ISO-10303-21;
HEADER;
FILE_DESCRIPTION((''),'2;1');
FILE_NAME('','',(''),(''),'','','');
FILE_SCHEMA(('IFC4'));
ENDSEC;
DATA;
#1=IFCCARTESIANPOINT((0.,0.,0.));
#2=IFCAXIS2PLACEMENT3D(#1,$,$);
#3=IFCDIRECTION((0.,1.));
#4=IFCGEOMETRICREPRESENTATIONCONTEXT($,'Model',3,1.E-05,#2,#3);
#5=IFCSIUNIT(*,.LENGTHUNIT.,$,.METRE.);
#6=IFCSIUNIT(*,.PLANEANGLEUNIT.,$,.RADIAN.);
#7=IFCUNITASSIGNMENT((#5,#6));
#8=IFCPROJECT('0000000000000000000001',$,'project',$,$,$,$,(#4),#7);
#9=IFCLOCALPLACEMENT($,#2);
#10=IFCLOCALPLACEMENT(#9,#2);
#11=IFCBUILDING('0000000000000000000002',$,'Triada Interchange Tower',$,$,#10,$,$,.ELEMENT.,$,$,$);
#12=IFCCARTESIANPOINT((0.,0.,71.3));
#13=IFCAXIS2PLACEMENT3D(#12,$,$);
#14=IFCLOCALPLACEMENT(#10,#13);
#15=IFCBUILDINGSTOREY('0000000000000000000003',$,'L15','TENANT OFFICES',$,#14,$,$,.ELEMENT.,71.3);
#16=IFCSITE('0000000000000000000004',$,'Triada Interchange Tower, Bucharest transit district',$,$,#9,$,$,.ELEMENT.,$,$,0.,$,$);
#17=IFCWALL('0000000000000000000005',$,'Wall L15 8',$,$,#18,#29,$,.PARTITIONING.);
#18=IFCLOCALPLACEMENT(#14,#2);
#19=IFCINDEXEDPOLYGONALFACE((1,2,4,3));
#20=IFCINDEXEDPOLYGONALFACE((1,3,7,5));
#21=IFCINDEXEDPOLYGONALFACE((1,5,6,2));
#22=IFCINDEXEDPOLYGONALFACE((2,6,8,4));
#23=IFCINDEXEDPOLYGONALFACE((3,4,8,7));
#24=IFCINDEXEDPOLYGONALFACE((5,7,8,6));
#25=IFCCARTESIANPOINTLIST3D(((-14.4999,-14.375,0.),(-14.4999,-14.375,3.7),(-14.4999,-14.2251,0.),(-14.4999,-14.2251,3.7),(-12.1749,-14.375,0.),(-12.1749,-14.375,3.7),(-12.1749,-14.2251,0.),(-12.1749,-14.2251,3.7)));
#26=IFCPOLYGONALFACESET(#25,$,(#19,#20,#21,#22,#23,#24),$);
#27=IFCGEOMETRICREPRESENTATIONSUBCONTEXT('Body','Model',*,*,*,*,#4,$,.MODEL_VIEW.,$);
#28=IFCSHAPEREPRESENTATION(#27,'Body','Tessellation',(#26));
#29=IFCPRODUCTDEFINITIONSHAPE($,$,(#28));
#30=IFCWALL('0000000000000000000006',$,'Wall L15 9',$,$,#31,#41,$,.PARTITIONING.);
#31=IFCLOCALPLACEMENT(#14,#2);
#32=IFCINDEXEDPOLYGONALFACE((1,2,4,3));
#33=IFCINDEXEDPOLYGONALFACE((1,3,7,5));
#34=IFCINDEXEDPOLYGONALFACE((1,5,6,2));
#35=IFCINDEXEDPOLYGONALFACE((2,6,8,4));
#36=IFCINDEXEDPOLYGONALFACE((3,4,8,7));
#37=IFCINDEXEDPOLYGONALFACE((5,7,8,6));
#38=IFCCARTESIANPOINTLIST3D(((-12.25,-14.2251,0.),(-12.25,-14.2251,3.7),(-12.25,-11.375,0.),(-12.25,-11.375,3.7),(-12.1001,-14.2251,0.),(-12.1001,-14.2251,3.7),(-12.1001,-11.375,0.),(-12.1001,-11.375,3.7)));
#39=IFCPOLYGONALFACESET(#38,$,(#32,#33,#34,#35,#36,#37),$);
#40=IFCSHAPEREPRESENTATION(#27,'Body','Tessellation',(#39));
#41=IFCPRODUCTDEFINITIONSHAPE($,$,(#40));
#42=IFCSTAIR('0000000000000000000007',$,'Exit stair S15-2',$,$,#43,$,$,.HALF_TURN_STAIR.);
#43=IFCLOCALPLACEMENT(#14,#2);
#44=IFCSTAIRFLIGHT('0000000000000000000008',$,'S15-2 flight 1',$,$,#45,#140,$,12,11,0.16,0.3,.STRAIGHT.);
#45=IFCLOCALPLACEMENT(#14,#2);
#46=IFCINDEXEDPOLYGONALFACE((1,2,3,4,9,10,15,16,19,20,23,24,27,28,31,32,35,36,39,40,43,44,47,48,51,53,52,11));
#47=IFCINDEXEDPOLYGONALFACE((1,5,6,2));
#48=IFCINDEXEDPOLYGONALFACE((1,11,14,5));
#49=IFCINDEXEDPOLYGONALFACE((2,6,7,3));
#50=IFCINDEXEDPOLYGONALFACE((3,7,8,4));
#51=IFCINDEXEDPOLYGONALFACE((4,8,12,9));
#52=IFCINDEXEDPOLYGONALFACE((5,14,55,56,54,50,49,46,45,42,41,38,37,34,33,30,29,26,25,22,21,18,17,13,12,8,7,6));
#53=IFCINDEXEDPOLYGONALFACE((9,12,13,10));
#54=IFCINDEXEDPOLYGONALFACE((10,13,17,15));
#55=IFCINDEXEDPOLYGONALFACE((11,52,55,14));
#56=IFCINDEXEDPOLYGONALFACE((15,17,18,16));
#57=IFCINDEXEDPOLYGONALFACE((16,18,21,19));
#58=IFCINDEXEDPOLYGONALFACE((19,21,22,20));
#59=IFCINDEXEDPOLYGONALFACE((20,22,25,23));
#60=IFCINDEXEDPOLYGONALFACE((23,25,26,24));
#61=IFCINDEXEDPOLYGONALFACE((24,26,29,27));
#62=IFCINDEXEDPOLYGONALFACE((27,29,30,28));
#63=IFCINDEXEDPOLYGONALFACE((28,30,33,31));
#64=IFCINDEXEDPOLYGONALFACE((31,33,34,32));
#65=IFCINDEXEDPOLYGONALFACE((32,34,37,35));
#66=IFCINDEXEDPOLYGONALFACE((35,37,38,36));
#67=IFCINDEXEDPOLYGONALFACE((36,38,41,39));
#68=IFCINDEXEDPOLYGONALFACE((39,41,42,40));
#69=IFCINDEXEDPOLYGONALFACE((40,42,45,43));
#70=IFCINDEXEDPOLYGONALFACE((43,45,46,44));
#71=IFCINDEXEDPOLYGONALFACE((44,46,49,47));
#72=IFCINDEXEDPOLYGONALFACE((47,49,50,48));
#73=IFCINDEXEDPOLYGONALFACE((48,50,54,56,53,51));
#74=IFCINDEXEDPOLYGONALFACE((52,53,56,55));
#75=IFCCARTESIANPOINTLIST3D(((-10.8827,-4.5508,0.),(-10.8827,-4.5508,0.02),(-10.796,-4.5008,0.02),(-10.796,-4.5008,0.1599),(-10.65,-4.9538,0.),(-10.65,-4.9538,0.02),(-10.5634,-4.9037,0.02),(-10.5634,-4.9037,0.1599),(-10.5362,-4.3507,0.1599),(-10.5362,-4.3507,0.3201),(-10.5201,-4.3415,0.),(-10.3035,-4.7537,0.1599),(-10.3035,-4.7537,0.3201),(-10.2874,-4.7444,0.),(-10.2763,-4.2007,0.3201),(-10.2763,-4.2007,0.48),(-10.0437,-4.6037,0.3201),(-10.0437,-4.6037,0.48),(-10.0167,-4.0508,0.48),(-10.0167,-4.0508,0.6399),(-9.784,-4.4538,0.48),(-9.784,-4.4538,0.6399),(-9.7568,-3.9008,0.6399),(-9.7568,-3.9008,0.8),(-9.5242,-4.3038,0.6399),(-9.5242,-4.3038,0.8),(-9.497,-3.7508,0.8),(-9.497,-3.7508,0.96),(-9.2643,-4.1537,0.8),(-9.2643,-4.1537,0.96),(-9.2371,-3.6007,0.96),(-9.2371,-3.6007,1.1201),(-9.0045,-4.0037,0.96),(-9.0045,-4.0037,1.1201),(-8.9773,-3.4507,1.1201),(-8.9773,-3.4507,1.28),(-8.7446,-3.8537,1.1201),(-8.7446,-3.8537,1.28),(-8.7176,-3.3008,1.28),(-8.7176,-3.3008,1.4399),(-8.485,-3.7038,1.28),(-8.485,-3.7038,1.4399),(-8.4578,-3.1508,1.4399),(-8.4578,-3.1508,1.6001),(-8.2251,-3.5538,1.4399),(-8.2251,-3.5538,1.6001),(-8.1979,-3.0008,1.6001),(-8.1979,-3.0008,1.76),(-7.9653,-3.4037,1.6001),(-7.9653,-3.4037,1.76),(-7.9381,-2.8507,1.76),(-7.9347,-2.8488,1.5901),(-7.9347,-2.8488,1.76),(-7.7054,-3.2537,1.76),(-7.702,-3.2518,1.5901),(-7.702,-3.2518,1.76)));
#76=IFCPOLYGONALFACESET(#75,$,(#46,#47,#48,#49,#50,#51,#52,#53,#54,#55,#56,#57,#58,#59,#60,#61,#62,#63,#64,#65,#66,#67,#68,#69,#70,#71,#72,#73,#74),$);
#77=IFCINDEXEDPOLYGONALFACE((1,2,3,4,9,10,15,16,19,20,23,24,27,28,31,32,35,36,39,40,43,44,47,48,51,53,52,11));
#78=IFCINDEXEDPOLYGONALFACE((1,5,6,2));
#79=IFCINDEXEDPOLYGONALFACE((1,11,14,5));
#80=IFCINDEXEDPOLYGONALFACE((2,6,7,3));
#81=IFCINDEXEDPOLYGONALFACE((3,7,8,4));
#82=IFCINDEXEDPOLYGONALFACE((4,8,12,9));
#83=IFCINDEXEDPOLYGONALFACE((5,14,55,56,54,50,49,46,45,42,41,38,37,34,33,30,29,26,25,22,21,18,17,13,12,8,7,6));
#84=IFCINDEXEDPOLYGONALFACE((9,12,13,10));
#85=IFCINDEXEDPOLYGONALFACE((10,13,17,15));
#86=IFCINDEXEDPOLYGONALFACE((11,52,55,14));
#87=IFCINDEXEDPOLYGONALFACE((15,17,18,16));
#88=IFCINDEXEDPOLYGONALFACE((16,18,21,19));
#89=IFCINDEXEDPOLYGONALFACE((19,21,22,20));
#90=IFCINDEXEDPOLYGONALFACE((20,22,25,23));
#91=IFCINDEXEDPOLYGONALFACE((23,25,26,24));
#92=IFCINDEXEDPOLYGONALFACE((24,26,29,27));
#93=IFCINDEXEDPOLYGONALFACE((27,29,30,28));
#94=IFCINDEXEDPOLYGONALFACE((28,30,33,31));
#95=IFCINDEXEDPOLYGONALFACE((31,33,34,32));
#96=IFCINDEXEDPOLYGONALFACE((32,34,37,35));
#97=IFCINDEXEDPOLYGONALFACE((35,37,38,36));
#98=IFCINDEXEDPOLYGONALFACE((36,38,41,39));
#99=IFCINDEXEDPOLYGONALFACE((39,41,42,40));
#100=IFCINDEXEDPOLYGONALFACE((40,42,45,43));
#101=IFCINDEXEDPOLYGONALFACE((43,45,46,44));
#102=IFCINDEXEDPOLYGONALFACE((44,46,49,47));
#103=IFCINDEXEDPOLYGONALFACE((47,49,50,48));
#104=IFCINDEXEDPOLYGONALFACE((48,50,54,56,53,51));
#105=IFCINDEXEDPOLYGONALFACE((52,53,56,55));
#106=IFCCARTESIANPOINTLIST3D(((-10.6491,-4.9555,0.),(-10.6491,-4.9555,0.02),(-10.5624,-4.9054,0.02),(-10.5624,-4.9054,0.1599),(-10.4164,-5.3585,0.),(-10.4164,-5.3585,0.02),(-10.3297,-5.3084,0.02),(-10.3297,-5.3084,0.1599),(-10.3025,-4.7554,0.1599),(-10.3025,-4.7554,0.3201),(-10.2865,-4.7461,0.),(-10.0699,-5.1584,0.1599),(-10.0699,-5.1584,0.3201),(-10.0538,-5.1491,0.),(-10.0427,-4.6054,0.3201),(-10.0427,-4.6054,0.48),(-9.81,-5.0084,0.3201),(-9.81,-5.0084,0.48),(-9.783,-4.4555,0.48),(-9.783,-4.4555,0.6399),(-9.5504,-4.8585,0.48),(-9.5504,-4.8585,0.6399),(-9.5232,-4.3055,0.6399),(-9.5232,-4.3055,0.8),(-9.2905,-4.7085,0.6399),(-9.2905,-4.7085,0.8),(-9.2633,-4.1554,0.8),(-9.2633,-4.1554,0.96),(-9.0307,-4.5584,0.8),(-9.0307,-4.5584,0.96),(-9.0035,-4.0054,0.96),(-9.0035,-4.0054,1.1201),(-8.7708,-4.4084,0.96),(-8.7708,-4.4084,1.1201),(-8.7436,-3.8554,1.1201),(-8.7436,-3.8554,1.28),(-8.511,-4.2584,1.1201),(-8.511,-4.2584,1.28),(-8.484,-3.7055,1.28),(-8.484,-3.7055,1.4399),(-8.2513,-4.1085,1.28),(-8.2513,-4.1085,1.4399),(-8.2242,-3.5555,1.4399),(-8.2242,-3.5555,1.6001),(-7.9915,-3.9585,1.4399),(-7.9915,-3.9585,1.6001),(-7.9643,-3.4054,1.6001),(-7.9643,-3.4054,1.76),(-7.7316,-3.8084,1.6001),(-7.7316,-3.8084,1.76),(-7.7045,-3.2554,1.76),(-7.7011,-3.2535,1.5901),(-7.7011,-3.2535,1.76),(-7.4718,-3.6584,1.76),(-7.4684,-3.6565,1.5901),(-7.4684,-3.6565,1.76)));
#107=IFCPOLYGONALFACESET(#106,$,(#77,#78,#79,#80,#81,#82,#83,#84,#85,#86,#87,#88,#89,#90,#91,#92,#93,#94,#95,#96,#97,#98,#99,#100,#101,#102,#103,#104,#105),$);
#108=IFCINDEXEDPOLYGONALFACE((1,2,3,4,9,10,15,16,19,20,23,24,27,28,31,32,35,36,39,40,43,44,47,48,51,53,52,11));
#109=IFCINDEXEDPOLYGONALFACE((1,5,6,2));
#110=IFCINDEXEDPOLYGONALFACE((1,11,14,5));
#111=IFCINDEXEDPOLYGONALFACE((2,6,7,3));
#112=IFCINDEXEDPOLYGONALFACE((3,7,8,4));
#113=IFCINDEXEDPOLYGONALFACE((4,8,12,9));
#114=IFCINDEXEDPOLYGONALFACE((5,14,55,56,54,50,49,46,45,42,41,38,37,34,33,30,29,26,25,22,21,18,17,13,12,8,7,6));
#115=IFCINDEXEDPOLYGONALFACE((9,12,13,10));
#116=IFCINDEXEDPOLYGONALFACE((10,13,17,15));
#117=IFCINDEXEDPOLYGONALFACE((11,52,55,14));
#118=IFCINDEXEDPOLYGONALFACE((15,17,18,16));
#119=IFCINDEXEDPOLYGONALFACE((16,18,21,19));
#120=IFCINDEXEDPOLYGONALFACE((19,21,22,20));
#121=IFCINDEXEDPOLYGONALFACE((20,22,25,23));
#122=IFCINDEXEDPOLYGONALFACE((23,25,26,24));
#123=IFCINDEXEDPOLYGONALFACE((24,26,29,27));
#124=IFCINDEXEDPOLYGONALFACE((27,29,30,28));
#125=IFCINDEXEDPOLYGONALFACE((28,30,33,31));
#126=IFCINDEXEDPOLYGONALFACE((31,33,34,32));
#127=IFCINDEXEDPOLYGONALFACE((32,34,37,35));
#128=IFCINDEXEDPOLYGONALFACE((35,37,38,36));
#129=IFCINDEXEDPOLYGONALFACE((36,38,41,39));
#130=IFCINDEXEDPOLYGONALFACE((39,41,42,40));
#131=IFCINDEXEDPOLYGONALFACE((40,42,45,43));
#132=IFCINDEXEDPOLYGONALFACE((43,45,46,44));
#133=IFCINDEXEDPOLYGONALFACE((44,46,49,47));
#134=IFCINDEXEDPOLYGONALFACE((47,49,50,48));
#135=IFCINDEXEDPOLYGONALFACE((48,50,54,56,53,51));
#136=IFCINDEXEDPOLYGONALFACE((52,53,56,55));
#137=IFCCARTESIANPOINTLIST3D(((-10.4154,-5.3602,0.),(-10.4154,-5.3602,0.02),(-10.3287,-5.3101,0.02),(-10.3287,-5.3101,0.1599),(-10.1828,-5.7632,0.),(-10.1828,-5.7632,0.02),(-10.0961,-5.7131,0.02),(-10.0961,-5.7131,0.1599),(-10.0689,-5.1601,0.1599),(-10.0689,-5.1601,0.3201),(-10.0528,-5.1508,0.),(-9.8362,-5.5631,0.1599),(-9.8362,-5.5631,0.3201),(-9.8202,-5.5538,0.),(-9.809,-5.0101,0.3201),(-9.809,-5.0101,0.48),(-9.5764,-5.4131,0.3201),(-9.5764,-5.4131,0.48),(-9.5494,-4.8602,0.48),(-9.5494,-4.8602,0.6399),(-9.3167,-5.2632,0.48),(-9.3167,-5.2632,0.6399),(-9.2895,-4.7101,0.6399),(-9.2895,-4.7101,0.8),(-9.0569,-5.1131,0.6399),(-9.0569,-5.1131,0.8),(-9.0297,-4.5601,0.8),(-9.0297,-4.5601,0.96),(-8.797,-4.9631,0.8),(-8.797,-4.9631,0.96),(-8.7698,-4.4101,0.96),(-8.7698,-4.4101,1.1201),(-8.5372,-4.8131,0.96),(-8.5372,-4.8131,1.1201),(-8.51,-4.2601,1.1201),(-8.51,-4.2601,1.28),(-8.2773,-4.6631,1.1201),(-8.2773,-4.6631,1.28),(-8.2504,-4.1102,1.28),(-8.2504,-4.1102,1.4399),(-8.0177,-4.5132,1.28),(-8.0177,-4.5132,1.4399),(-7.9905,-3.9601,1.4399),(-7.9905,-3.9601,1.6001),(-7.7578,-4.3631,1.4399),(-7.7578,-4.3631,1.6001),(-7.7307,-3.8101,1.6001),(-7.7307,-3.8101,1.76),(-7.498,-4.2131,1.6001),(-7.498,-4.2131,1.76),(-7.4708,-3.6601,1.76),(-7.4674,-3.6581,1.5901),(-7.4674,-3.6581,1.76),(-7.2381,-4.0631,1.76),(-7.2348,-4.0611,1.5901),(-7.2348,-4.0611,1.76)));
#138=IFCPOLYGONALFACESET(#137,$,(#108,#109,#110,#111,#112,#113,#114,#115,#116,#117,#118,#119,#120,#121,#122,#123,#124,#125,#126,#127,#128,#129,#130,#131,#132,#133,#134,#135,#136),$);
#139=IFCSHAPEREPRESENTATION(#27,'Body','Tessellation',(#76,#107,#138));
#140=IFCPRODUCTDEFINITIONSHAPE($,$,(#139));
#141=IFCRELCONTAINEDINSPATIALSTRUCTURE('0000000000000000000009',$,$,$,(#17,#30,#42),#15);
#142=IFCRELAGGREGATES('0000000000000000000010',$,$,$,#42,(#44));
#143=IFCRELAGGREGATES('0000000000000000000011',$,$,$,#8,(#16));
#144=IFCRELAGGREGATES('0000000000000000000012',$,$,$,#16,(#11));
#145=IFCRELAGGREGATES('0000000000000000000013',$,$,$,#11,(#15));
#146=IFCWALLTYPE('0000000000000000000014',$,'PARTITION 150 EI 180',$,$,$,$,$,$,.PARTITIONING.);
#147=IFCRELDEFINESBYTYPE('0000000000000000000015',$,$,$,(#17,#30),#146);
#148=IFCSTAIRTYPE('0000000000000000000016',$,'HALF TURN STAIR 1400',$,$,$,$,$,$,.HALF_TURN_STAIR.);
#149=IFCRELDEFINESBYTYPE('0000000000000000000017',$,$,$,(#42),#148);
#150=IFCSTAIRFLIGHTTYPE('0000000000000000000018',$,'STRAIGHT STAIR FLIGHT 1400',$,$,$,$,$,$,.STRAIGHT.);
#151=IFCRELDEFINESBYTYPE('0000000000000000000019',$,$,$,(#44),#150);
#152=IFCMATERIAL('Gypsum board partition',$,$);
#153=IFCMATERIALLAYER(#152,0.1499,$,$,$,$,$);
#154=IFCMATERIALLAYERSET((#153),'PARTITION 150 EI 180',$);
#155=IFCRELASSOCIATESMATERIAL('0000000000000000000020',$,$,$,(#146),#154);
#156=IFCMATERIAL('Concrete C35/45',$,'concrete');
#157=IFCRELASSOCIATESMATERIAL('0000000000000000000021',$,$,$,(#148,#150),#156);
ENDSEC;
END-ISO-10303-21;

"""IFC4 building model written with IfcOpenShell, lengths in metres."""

from ifc_helpers import new_model, si_unit, direction, frame, frame_2d, origin, place, context, subcontext, project, spatial, polyline, rectangle, outline, extrude, material, layer, layer_set, type_object, element, aggregate, save


model = new_model("IFC4")

# Units and contexts
model_context = context("Model", 3, precision=1e-05, world=origin(), true_north=direction((0.0, 1.0)))
body_context = subcontext(model_context, "Body", "Model", "MODEL_VIEW")
ifc_project = project(units=[si_unit("LENGTHUNIT", "METRE"), si_unit("PLANEANGLEUNIT", "RADIAN")], contexts=[model_context])

# Site, building, storey
site_placement = place(None, origin())
site = spatial("IfcSite", under=ifc_project, at=site_placement, Name="Triada Interchange Tower, Bucharest transit district", CompositionType="ELEMENT", RefElevation=0.0)
building_placement = place(site_placement, origin())
building = spatial("IfcBuilding", under=site, at=building_placement, Name="Triada Interchange Tower", CompositionType="ELEMENT")
storey_placement = place(building_placement, frame((0.0, 0.0, 71.3)))
storey = spatial("IfcBuildingStorey", under=building, at=storey_placement, Name="L15", Description="TENANT OFFICES", CompositionType="ELEMENT", Elevation=71.3)

# Walls
ifc_material_1 = material(Name="Gypsum board partition")
ifc_layer_1 = layer(ifc_material_1, 0.1499)
ifc_layer_set_1 = layer_set([ifc_layer_1], Name="PARTITION 150 EI 180")
wall_type_1 = type_object("IfcWallType", Name="PARTITION 150 EI 180", PredefinedType="PARTITIONING", material=ifc_layer_set_1)
wall_1_placement = place(storey_placement, frame((-14.5, -14.3, 0.0), z_axis=(0.0, 0.0, 1.0), x_axis=(1.0, 0.0, 0.0)))
element("IfcWall", 1, at=wall_1_placement, inside=storey, type_object=wall_type_1, Name="Wall L15 8", PredefinedType="PARTITIONING", context=body_context, shape_type="SweptSolid", body=[
    extrude(rectangle(XDim=2.325, YDim=0.1499, at=frame_2d((1.1626, 0.0))), origin(), (0.0, 0.0, 1.0), 3.7),
])
wall_2_placement = place(storey_placement, frame((-12.175, -14.2251, 0.0), z_axis=(0.0, 0.0, 1.0), x_axis=(0.0, 1.0, 0.0)))
element("IfcWall", 2, at=wall_2_placement, inside=storey, type_object=wall_type_1, Name="Wall L15 9", PredefinedType="PARTITIONING", context=body_context, shape_type="SweptSolid", body=[
    extrude(rectangle(XDim=2.8501, YDim=0.1499, at=frame_2d((1.425, 0.0))), origin(), (0.0, 0.0, 1.0), 3.7),
])

# Stair, stair flight
ifc_material_2 = material(Name="Concrete C35/45", Category="concrete")
stair_type = type_object("IfcStairType", Name="HALF TURN STAIR 1400", PredefinedType="HALF_TURN_STAIR", material=ifc_material_2)
stair_placement = place(storey_placement, origin())
stair = element("IfcStair", 3, at=stair_placement, inside=storey, type_object=stair_type, Name="Exit stair S15-2", PredefinedType="HALF_TURN_STAIR")
stair_flight_type = type_object("IfcStairFlightType", Name="STRAIGHT STAIR FLIGHT 1400", PredefinedType="STRAIGHT", material=ifc_material_2)
stair_flight_1_placement = place(storey_placement, frame((-10.446, -5.1069, 0.0), z_axis=(0.0, 0.0, 1.0), x_axis=(0.866025, 0.5, 0.0)))
stair_flight_1 = element("IfcStairFlight", 4, at=stair_flight_1_placement, type_object=stair_flight_type, Name="S15-2 flight 1", NumberOfRisers=12, NumberOfTreads=11, PredefinedType="STRAIGHT", RiserHeight=0.16, TreadLength=0.3, context=body_context, shape_type="SweptSolid", body=[
    extrude(outline(polyline([(-0.1001, 0.0), (-0.1001, 0.02), (0.0, 0.02), (0.0, 0.1599), (0.3, 0.1599), (0.3, 0.3201), (0.6001, 0.3201), (0.6001, 0.48), (0.8999, 0.48), (0.8999, 0.6399), (1.2, 0.6399), (1.2, 0.8), (1.5, 0.8), (1.5, 0.96), (1.8, 0.96), (1.8, 1.1201), (2.1001, 1.1201), (2.1001, 1.28), (2.3999, 1.28), (2.3999, 1.4399), (2.7, 1.4399), (2.7, 1.6001), (3.0, 1.6001), (3.0, 1.76), (3.3, 1.76), (3.304, 1.76), (3.304, 1.9199), (3.304, 1.5901), (0.3186, 0.0), (-0.1001, 0.0)])), frame((0.0, 0.7, 0.0), z_axis=(0.0, -1.0, 0.0), x_axis=(1.0, 0.0, 0.0)), (0.0, 0.0, 1.0), 0.4653),
    extrude(outline(polyline([(-0.1001, 0.0), (-0.1001, 0.02), (0.0, 0.02), (0.0, 0.1599), (0.3, 0.1599), (0.3, 0.3201), (0.6001, 0.3201), (0.6001, 0.48), (0.8999, 0.48), (0.8999, 0.6399), (1.2, 0.6399), (1.2, 0.8), (1.5, 0.8), (1.5, 0.96), (1.8, 0.96), (1.8, 1.1201), (2.1001, 1.1201), (2.1001, 1.28), (2.3999, 1.28), (2.3999, 1.4399), (2.7, 1.4399), (2.7, 1.6001), (3.0, 1.6001), (3.0, 1.76), (3.3, 1.76), (3.304, 1.76), (3.304, 1.9199), (3.304, 1.5901), (0.3186, 0.0), (-0.1001, 0.0)])), frame((0.0, 0.2327, 0.0), z_axis=(0.0, -1.0, 0.0), x_axis=(1.0, 0.0, 0.0)), (0.0, 0.0, 1.0), 0.4653),
    extrude(outline(polyline([(-0.1001, 0.0), (-0.1001, 0.02), (0.0, 0.02), (0.0, 0.1599), (0.3, 0.1599), (0.3, 0.3201), (0.6001, 0.3201), (0.6001, 0.48), (0.8999, 0.48), (0.8999, 0.6399), (1.2, 0.6399), (1.2, 0.8), (1.5, 0.8), (1.5, 0.96), (1.8, 0.96), (1.8, 1.1201), (2.1001, 1.1201), (2.1001, 1.28), (2.3999, 1.28), (2.3999, 1.4399), (2.7, 1.4399), (2.7, 1.6001), (3.0, 1.6001), (3.0, 1.76), (3.3, 1.76), (3.304, 1.76), (3.304, 1.9199), (3.304, 1.5901), (0.3186, 0.0), (-0.1001, 0.0)])), frame((0.0, -0.2346, 0.0), z_axis=(0.0, -1.0, 0.0), x_axis=(1.0, 0.0, 0.0)), (0.0, 0.0, 1.0), 0.4653),
])
aggregate(stair, [stair_flight_1])

save(model, "model.ifc")
